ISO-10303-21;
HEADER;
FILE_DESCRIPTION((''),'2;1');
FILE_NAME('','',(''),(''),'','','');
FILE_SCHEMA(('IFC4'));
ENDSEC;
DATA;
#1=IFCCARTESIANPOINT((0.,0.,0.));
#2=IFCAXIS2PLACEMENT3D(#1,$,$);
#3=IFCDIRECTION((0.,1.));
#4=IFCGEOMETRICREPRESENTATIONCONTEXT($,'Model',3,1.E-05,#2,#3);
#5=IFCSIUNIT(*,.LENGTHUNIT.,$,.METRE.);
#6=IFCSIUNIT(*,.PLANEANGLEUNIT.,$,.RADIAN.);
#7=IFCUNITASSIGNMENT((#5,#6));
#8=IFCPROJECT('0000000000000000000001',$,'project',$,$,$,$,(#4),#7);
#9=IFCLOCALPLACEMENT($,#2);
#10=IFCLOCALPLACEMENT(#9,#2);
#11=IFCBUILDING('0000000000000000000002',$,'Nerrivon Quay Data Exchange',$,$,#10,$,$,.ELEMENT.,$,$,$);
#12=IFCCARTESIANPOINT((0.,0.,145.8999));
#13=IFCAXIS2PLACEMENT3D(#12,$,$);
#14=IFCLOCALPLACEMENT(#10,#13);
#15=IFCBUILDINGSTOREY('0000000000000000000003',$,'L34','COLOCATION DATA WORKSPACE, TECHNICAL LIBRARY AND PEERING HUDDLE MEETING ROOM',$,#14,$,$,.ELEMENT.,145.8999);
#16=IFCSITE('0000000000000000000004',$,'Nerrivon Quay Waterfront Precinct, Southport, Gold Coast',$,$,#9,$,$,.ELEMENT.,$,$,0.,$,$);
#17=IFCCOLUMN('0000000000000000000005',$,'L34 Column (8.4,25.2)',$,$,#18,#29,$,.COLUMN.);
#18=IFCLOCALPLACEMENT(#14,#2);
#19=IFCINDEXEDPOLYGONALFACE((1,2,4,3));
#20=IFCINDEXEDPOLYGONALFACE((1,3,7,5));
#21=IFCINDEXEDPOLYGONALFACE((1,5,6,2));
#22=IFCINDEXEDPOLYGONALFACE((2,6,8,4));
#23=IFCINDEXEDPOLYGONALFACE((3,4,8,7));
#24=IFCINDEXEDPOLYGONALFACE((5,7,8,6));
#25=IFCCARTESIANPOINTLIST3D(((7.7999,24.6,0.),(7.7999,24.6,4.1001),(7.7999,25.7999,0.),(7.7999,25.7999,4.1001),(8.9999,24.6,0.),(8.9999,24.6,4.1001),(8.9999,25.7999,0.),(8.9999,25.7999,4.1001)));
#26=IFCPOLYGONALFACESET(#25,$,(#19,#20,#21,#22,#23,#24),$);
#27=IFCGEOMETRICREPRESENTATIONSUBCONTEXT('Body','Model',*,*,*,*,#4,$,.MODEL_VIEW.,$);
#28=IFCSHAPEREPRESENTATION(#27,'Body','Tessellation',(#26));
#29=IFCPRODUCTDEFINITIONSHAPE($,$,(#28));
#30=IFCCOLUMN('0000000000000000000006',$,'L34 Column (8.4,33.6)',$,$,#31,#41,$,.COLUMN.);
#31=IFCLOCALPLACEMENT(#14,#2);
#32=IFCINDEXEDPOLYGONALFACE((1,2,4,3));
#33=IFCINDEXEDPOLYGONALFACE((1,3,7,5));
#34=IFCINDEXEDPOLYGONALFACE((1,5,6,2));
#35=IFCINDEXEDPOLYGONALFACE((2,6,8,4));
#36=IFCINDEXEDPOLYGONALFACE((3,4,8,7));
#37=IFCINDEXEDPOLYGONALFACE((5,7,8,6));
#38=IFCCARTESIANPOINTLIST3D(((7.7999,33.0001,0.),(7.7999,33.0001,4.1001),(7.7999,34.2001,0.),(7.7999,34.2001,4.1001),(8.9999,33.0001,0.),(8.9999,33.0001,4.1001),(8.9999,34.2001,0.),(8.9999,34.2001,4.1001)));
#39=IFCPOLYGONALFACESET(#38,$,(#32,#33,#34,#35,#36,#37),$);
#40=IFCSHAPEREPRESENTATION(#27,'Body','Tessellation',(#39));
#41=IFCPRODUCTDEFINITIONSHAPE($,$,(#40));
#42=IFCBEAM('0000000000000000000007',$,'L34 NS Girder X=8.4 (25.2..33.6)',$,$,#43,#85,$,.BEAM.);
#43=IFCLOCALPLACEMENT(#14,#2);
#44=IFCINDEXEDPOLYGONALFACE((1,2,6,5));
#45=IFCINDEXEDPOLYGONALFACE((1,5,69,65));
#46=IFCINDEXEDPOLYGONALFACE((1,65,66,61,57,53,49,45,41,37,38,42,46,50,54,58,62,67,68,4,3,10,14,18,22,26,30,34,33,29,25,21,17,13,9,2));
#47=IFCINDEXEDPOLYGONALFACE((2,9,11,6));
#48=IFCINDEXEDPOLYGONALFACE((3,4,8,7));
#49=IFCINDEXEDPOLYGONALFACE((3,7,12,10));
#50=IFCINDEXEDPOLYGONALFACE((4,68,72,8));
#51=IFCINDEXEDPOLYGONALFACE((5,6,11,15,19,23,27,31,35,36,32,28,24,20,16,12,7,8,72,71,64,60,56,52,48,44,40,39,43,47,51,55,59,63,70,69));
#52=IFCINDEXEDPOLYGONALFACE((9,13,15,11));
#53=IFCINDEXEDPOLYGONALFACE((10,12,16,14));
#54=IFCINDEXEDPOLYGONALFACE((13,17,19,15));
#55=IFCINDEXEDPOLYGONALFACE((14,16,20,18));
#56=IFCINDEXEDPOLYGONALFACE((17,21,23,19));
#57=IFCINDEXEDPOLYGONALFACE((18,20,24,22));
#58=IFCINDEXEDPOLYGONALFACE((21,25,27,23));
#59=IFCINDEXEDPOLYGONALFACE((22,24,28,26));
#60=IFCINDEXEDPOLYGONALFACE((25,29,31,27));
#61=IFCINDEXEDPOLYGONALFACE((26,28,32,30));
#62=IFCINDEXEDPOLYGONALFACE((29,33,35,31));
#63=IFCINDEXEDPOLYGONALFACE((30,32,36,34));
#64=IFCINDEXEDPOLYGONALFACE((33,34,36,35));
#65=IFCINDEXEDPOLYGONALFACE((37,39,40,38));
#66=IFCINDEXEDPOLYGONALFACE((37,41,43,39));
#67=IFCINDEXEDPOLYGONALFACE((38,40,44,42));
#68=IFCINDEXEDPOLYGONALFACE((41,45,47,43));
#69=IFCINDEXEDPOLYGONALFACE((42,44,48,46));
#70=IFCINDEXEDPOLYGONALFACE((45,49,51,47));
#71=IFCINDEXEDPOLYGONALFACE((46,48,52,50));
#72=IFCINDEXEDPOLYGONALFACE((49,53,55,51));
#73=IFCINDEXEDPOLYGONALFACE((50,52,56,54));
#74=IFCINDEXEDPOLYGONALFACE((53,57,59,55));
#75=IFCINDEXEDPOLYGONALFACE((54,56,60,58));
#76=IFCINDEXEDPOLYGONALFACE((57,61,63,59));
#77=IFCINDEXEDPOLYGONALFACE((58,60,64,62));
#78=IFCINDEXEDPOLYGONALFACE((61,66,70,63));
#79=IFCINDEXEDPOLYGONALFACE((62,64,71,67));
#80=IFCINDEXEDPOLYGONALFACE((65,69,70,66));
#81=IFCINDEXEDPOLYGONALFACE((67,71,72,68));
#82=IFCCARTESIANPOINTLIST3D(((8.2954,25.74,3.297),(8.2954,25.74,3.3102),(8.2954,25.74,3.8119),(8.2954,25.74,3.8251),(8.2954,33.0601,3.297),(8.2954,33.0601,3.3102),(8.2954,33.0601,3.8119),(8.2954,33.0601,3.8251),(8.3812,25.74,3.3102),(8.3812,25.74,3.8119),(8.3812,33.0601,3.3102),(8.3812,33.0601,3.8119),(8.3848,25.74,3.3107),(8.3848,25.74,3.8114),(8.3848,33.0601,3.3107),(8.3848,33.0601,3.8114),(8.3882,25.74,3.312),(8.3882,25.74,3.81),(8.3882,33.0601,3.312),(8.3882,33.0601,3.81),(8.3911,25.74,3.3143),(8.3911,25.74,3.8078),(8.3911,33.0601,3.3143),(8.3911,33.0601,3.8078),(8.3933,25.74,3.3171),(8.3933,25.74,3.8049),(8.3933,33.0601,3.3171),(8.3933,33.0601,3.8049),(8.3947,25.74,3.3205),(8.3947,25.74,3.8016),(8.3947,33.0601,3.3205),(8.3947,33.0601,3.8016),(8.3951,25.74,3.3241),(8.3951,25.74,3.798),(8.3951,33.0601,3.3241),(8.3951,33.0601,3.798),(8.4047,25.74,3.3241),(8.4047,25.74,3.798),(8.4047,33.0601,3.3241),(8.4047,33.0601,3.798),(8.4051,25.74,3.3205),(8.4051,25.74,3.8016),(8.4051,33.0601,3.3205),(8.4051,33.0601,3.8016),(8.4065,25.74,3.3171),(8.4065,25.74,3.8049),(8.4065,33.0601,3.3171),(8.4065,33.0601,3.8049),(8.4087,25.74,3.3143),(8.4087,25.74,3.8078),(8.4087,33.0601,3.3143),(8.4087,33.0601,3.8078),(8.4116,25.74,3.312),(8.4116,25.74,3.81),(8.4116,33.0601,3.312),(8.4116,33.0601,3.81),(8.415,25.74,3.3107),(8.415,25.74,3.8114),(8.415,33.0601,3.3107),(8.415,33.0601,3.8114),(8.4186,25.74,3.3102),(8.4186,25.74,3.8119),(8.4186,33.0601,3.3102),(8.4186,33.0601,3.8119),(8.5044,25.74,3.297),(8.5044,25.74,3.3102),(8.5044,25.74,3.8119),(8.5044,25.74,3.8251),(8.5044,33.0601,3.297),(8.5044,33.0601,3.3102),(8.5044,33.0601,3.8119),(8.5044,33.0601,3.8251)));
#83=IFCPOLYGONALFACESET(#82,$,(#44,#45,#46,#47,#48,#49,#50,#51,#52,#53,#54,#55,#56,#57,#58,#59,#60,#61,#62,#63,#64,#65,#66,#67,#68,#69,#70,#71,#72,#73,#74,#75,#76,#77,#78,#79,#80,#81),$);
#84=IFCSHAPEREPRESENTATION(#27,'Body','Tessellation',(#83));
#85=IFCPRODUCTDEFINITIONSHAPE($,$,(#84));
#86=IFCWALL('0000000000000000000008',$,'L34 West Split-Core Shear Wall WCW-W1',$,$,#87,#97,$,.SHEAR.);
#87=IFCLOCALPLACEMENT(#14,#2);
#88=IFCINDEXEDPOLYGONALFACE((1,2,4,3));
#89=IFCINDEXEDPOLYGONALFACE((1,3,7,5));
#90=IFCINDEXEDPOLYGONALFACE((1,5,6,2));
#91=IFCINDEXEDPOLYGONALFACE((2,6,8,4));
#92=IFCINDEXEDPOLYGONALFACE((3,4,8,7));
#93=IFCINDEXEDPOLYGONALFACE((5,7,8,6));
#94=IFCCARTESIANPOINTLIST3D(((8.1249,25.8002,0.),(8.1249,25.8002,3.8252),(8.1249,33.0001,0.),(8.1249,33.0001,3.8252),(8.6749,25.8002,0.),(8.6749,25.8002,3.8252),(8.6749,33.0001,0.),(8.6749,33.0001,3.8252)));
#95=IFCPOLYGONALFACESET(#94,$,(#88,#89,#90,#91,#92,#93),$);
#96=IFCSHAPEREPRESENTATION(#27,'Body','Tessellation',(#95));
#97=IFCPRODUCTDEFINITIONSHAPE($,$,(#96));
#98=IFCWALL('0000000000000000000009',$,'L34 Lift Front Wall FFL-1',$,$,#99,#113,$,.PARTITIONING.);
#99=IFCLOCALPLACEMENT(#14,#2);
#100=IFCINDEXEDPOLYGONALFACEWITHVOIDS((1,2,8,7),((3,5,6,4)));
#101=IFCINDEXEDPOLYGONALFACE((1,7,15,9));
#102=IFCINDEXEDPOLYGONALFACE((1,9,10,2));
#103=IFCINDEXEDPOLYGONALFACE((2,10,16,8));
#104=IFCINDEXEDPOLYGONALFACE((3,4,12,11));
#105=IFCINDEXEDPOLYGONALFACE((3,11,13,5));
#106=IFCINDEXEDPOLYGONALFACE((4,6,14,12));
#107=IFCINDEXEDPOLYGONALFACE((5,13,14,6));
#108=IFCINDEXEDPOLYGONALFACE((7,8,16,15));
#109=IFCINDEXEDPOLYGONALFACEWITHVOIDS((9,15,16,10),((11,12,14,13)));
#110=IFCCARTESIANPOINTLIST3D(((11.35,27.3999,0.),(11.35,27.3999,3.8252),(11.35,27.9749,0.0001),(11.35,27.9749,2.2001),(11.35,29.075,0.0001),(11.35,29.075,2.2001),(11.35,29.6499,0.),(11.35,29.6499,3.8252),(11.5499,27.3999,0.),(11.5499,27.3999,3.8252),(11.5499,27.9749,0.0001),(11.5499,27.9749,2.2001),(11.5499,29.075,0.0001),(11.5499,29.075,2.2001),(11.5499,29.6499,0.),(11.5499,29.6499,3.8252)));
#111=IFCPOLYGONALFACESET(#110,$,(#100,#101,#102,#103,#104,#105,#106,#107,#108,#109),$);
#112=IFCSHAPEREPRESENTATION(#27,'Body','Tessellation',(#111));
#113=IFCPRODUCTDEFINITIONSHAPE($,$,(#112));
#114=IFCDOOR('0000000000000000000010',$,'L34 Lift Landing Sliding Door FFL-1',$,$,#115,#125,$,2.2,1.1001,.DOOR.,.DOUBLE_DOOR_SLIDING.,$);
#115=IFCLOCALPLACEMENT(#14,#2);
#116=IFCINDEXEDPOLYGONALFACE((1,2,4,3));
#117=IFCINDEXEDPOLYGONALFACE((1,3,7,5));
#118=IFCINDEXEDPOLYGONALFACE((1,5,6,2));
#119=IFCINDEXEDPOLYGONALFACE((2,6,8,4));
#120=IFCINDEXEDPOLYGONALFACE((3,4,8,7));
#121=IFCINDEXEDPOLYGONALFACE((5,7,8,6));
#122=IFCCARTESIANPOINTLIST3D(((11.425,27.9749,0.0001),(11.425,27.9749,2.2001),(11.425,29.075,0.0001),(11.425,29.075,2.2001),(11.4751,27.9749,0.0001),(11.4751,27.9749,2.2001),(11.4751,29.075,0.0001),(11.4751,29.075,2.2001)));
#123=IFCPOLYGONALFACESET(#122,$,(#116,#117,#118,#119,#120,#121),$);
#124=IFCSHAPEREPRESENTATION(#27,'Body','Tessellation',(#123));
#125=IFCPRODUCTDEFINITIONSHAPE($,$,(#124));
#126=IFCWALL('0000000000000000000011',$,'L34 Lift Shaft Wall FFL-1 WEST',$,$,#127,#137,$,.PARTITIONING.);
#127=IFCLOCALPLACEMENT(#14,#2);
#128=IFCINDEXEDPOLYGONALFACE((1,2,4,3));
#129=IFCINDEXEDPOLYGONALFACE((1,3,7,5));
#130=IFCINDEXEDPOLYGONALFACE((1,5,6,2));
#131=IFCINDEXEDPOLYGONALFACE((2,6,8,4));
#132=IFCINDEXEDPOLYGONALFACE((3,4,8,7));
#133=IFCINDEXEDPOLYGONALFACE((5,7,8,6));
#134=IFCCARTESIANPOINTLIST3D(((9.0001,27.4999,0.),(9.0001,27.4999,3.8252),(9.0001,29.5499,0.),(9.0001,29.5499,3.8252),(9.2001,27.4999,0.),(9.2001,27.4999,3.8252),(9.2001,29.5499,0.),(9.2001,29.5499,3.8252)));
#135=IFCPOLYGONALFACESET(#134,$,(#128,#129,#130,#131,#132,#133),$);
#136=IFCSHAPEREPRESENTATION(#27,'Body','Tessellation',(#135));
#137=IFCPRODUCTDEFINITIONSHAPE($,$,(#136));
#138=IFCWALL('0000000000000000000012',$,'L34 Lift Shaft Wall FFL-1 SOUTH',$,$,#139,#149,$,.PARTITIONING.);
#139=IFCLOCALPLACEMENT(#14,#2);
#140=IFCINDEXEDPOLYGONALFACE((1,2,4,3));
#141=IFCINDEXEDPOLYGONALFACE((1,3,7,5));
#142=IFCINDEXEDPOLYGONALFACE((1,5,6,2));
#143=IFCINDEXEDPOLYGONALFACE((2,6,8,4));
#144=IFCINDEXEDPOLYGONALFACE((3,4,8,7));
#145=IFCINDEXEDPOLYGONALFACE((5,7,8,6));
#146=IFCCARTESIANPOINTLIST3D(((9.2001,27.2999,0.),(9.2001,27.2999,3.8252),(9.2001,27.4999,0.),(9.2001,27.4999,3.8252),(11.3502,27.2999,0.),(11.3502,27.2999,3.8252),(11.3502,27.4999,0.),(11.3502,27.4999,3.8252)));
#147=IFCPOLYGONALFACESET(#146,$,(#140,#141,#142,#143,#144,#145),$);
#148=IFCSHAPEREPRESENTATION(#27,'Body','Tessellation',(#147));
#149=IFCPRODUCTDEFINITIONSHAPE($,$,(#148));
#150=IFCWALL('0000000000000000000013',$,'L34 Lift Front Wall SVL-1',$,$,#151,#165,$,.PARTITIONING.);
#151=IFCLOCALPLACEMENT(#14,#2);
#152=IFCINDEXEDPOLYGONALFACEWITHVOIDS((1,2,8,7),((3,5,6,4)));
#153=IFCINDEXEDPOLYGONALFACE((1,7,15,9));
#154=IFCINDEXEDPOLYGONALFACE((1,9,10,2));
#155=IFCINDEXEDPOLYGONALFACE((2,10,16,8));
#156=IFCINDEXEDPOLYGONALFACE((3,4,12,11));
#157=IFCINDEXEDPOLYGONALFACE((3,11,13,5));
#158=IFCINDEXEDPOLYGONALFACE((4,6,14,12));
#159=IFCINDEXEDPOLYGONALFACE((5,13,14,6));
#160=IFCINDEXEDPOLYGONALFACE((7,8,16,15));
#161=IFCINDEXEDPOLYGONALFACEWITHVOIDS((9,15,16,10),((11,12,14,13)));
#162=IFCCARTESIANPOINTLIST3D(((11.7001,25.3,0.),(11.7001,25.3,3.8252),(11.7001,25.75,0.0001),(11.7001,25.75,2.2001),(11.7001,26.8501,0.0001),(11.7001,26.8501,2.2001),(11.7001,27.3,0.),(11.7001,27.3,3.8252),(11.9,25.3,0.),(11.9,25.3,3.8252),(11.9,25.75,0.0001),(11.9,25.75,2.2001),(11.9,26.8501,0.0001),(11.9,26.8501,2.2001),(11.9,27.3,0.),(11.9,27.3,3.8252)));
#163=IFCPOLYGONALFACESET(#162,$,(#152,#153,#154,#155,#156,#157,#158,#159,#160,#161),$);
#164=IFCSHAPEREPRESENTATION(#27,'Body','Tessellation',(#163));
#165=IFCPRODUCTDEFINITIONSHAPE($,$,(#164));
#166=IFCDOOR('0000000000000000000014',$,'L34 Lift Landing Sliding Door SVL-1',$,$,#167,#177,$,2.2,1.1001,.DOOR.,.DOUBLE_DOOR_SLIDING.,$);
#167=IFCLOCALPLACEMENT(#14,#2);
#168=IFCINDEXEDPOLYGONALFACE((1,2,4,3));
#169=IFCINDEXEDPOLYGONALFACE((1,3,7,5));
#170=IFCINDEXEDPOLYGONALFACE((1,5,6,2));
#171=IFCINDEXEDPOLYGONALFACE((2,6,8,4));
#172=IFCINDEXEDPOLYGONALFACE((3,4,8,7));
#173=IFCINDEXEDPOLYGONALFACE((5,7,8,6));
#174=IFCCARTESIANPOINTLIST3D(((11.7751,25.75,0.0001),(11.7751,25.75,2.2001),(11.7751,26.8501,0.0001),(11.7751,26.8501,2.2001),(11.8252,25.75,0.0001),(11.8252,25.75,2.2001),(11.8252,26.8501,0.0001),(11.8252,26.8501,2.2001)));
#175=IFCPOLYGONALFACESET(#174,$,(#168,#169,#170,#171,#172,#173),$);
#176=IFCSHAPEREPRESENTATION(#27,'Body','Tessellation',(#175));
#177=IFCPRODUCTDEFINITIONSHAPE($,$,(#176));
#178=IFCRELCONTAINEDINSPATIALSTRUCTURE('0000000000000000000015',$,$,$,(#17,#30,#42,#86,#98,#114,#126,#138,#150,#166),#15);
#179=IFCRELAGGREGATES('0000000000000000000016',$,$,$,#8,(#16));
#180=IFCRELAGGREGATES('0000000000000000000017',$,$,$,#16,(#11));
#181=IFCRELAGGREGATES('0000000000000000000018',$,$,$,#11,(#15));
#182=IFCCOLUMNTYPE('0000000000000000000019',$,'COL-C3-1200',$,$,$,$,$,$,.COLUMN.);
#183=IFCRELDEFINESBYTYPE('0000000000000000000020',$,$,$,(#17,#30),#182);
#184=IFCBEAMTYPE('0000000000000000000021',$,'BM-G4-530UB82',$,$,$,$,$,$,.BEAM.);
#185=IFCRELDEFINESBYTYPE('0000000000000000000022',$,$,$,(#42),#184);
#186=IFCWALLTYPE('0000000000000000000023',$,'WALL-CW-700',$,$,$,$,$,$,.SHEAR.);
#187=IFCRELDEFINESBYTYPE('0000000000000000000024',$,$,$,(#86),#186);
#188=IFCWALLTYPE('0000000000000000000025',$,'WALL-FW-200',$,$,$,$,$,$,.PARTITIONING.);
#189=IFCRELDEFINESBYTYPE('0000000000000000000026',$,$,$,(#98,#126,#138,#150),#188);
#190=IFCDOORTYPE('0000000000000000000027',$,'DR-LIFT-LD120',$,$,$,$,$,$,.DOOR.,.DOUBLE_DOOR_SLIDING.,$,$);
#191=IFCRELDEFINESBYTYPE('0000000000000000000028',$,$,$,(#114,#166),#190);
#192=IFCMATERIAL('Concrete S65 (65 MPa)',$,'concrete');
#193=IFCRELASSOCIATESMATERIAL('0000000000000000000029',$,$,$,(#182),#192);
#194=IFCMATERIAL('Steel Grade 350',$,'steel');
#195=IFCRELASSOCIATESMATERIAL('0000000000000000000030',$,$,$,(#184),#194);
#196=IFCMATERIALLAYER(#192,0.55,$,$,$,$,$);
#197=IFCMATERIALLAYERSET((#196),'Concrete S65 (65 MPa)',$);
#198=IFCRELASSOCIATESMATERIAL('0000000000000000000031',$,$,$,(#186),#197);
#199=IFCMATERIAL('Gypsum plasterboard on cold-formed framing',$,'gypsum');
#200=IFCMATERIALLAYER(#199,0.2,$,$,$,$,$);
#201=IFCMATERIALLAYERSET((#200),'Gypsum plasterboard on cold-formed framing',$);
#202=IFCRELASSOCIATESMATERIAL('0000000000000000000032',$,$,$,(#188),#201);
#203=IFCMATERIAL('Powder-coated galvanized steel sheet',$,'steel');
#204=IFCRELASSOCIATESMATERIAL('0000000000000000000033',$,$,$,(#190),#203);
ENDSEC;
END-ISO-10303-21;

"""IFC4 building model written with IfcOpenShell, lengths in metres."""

from ifc_helpers import new_model, si_unit, direction, frame, frame_2d, origin, origin_2d, place, context, subcontext, project, spatial, rectangle, i_section, extrude, material, layer, layer_set, material_profile, profile_set, type_object, element, fill, save


model = new_model("IFC4")

# Units and contexts
model_context = context("Model", 3, precision=1e-05, world=origin(), true_north=direction((0.0, 1.0)))
body_context = subcontext(model_context, "Body", "Model", "MODEL_VIEW")
ifc_project = project(units=[si_unit("LENGTHUNIT", "METRE"), si_unit("PLANEANGLEUNIT", "RADIAN")], contexts=[model_context])

# Site, building, storey
site_placement = place(None, origin())
site = spatial("IfcSite", under=ifc_project, at=site_placement, Name="Nerrivon Quay Waterfront Precinct, Southport, Gold Coast", CompositionType="ELEMENT", RefElevation=0.0)
building_placement = place(site_placement, origin())
building = spatial("IfcBuilding", under=site, at=building_placement, Name="Nerrivon Quay Data Exchange", CompositionType="ELEMENT")
storey_placement = place(building_placement, frame((0.0, 0.0, 145.8999)))
storey = spatial("IfcBuildingStorey", under=building, at=storey_placement, Name="L34", Description="COLOCATION DATA WORKSPACE, TECHNICAL LIBRARY AND PEERING HUDDLE MEETING ROOM", CompositionType="ELEMENT", Elevation=145.8999)

# Columns
ifc_material_1 = material(Name="Concrete S65 (65 MPa)", Category="concrete")
ifc_material_profile_1 = material_profile(ifc_material_1, rectangle(XDim=1.2, YDim=1.2, at=origin_2d()), Name="RC-COL-1200x1200")
ifc_profile_set_1 = profile_set([ifc_material_profile_1], Name="Concrete S65 (65 MPa)")
column_type = type_object("IfcColumnType", Name="COL-C3-1200", PredefinedType="COLUMN", material=ifc_profile_set_1)
for number, where, z_axis, x_axis, name in (
    (1, (8.3999, 25.2, 0.0), (0.0, 0.0, 1.0), (1.0, 0.0, 0.0), "L34 Column (8.4,25.2)"),
    (2, (8.3999, 33.6001, 0.0), (0.0, 0.0, 1.0), (1.0, 0.0, 0.0), "L34 Column (8.4,33.6)"),
):
    element("IfcColumn", number, at=place(storey_placement, frame(where, z_axis=z_axis, x_axis=x_axis)), inside=storey, type_object=column_type, Name=name, PredefinedType="COLUMN", context=body_context, shape_type="SweptSolid", body=[
        extrude(rectangle(XDim=1.2, YDim=1.2, at=origin_2d()), origin(), (0.0, 0.0, 1.0), 4.1001),
    ])

# Beam
ifc_material_2 = material(Name="Steel Grade 350", Category="steel")
ifc_material_profile_2 = material_profile(ifc_material_2, i_section(OverallWidth=0.209, OverallDepth=0.5281, WebThickness=0.0095, FlangeThickness=0.0132, FilletRadius=0.0139, at=origin_2d()), Name="530UB82.0")
ifc_profile_set_2 = profile_set([ifc_material_profile_2], Name="Steel Grade 350")
beam_type = type_object("IfcBeamType", Name="BM-G4-530UB82", PredefinedType="BEAM", material=ifc_profile_set_2)
beam_placement = place(storey_placement, frame((8.3999, 25.74, 3.561), z_axis=(0.0, 1.0, 0.0), x_axis=(-1.0, 0.0, 0.0)))
element("IfcBeam", 3, at=beam_placement, inside=storey, type_object=beam_type, Name="L34 NS Girder X=8.4 (25.2..33.6)", PredefinedType="BEAM", context=body_context, shape_type="SweptSolid", body=[
    extrude(i_section(OverallWidth=0.209, OverallDepth=0.5281, WebThickness=0.0095, FlangeThickness=0.0132, FilletRadius=0.0139, at=origin_2d()), origin(), (0.0, 0.0, 1.0), 7.3201),
])

# Wall
ifc_layer_1 = layer(ifc_material_1, 0.55)
ifc_layer_set_1 = layer_set([ifc_layer_1], Name="Concrete S65 (65 MPa)")
wall_type_1 = type_object("IfcWallType", Name="WALL-CW-700", PredefinedType="SHEAR", material=ifc_layer_set_1)
wall_1_placement = place(storey_placement, frame((8.3999, 25.8, 0.0), z_axis=(0.0, 0.0, 1.0), x_axis=(0.0, 1.0, 0.0)))
element("IfcWall", 4, at=wall_1_placement, inside=storey, type_object=wall_type_1, Name="L34 West Split-Core Shear Wall WCW-W1", PredefinedType="SHEAR", context=body_context, shape_type="SweptSolid", body=[
    extrude(rectangle(XDim=7.2, YDim=0.55, at=frame_2d((3.6001, 0.0))), origin(), (0.0, 0.0, 1.0), 3.8252),
])

# Wall, opening, door
ifc_material_3 = material(Name="Powder-coated galvanized steel sheet", Category="steel")
ifc_material_4 = material(Name="Gypsum plasterboard on cold-formed framing", Category="gypsum")
ifc_layer_2 = layer(ifc_material_4, 0.2)
ifc_layer_set_2 = layer_set([ifc_layer_2], Name="Gypsum plasterboard on cold-formed framing")
wall_type_2 = type_object("IfcWallType", Name="WALL-FW-200", PredefinedType="PARTITIONING", material=ifc_layer_set_2)
wall_2_placement = place(storey_placement, frame((11.45, 27.3999, 0.0), z_axis=(0.0, 0.0, 1.0), x_axis=(0.0, 1.0, 0.0)))
wall_2 = element("IfcWall", 5, at=wall_2_placement, inside=storey, type_object=wall_type_2, Name="L34 Lift Front Wall FFL-1", PredefinedType="PARTITIONING", context=body_context, shape_type="SweptSolid", body=[
    extrude(rectangle(XDim=2.25, YDim=0.2, at=frame_2d((1.125, 0.0))), origin(), (0.0, 0.0, 1.0), 3.8252),
])
opening_1_placement = place(wall_2_placement, frame((0.575, 0.0, 0.0)))
opening_1 = element("IfcOpeningElement", 6, at=opening_1_placement, cuts=wall_2, PredefinedType="OPENING", context=body_context, shape_type="SweptSolid", body=[
    extrude(rectangle(XDim=1.1001, YDim=2.2, at=frame_2d((0.55, 1.1001))), frame((0.0, 0.1099, 0.0), z_axis=(0.0, -1.0, 0.0), x_axis=(1.0, 0.0, 0.0)), (0.0, 0.0, 1.0), 0.22),
])
door_type_1 = type_object("IfcDoorType", Name="DR-LIFT-LD120", OperationType="DOUBLE_DOOR_SLIDING", PredefinedType="DOOR", material=ifc_material_3)
door_1_placement = place(opening_1_placement, origin())
door_1 = element("IfcDoor", 7, at=door_1_placement, inside=storey, type_object=door_type_1, Name="L34 Lift Landing Sliding Door FFL-1", OperationType="DOUBLE_DOOR_SLIDING", OverallHeight=2.2, OverallWidth=1.1001, PredefinedType="DOOR", context=body_context, shape_type="SweptSolid", body=[
    extrude(rectangle(XDim=1.1001, YDim=2.2, at=frame_2d((0.55, 1.1001))), frame((0.0, 0.0249, 0.0), z_axis=(0.0, -1.0, 0.0), x_axis=(1.0, 0.0, 0.0)), (0.0, 0.0, 1.0), 0.05),
])
fill(opening_1, door_1)

# Walls
wall_3_placement = place(storey_placement, frame((9.1001, 27.5, 0.0), z_axis=(0.0, 0.0, 1.0), x_axis=(0.0, 1.0, 0.0)))
element("IfcWall", 8, at=wall_3_placement, inside=storey, type_object=wall_type_2, Name="L34 Lift Shaft Wall FFL-1 WEST", PredefinedType="PARTITIONING", context=body_context, shape_type="SweptSolid", body=[
    extrude(rectangle(XDim=2.05, YDim=0.2, at=frame_2d((1.0249, 0.0))), origin(), (0.0, 0.0, 1.0), 3.8252),
])
wall_4_placement = place(storey_placement, frame((9.2, 27.3999, 0.0), z_axis=(0.0, 0.0, 1.0), x_axis=(1.0, 0.0, 0.0)))
element("IfcWall", 9, at=wall_4_placement, inside=storey, type_object=wall_type_2, Name="L34 Lift Shaft Wall FFL-1 SOUTH", PredefinedType="PARTITIONING", context=body_context, shape_type="SweptSolid", body=[
    extrude(rectangle(XDim=2.1501, YDim=0.2, at=frame_2d((1.0752, 0.0))), origin(), (0.0, 0.0, 1.0), 3.8252),
])

# Wall, opening, door
wall_5_placement = place(storey_placement, frame((11.8, 25.3, 0.0), z_axis=(0.0, 0.0, 1.0), x_axis=(0.0, 1.0, 0.0)))
wall_5 = element("IfcWall", 10, at=wall_5_placement, inside=storey, type_object=wall_type_2, Name="L34 Lift Front Wall SVL-1", PredefinedType="PARTITIONING", context=body_context, shape_type="SweptSolid", body=[
    extrude(rectangle(XDim=2.0, YDim=0.2, at=frame_2d((1.0, 0.0))), origin(), (0.0, 0.0, 1.0), 3.8252),
])
opening_2_placement = place(wall_5_placement, frame((0.45, 0.0, 0.0)))
opening_2 = element("IfcOpeningElement", 11, at=opening_2_placement, cuts=wall_5, PredefinedType="OPENING", context=body_context, shape_type="SweptSolid", body=[
    extrude(rectangle(XDim=1.1001, YDim=2.2, at=frame_2d((0.55, 1.1001))), frame((0.0, 0.1099, 0.0), z_axis=(0.0, -1.0, 0.0), x_axis=(1.0, 0.0, 0.0)), (0.0, 0.0, 1.0), 0.22),
])
door_2_placement = place(opening_2_placement, origin())
door_2 = element("IfcDoor", 12, at=door_2_placement, inside=storey, type_object=door_type_1, Name="L34 Lift Landing Sliding Door SVL-1", OperationType="DOUBLE_DOOR_SLIDING", OverallHeight=2.2, OverallWidth=1.1001, PredefinedType="DOOR", context=body_context, shape_type="SweptSolid", body=[
    extrude(rectangle(XDim=1.1001, YDim=2.2, at=frame_2d((0.55, 1.1001))), frame((0.0, 0.0249, 0.0), z_axis=(0.0, -1.0, 0.0), x_axis=(1.0, 0.0, 0.0)), (0.0, 0.0, 1.0), 0.05),
])
fill(opening_2, door_2)

save(model, "model.ifc")
